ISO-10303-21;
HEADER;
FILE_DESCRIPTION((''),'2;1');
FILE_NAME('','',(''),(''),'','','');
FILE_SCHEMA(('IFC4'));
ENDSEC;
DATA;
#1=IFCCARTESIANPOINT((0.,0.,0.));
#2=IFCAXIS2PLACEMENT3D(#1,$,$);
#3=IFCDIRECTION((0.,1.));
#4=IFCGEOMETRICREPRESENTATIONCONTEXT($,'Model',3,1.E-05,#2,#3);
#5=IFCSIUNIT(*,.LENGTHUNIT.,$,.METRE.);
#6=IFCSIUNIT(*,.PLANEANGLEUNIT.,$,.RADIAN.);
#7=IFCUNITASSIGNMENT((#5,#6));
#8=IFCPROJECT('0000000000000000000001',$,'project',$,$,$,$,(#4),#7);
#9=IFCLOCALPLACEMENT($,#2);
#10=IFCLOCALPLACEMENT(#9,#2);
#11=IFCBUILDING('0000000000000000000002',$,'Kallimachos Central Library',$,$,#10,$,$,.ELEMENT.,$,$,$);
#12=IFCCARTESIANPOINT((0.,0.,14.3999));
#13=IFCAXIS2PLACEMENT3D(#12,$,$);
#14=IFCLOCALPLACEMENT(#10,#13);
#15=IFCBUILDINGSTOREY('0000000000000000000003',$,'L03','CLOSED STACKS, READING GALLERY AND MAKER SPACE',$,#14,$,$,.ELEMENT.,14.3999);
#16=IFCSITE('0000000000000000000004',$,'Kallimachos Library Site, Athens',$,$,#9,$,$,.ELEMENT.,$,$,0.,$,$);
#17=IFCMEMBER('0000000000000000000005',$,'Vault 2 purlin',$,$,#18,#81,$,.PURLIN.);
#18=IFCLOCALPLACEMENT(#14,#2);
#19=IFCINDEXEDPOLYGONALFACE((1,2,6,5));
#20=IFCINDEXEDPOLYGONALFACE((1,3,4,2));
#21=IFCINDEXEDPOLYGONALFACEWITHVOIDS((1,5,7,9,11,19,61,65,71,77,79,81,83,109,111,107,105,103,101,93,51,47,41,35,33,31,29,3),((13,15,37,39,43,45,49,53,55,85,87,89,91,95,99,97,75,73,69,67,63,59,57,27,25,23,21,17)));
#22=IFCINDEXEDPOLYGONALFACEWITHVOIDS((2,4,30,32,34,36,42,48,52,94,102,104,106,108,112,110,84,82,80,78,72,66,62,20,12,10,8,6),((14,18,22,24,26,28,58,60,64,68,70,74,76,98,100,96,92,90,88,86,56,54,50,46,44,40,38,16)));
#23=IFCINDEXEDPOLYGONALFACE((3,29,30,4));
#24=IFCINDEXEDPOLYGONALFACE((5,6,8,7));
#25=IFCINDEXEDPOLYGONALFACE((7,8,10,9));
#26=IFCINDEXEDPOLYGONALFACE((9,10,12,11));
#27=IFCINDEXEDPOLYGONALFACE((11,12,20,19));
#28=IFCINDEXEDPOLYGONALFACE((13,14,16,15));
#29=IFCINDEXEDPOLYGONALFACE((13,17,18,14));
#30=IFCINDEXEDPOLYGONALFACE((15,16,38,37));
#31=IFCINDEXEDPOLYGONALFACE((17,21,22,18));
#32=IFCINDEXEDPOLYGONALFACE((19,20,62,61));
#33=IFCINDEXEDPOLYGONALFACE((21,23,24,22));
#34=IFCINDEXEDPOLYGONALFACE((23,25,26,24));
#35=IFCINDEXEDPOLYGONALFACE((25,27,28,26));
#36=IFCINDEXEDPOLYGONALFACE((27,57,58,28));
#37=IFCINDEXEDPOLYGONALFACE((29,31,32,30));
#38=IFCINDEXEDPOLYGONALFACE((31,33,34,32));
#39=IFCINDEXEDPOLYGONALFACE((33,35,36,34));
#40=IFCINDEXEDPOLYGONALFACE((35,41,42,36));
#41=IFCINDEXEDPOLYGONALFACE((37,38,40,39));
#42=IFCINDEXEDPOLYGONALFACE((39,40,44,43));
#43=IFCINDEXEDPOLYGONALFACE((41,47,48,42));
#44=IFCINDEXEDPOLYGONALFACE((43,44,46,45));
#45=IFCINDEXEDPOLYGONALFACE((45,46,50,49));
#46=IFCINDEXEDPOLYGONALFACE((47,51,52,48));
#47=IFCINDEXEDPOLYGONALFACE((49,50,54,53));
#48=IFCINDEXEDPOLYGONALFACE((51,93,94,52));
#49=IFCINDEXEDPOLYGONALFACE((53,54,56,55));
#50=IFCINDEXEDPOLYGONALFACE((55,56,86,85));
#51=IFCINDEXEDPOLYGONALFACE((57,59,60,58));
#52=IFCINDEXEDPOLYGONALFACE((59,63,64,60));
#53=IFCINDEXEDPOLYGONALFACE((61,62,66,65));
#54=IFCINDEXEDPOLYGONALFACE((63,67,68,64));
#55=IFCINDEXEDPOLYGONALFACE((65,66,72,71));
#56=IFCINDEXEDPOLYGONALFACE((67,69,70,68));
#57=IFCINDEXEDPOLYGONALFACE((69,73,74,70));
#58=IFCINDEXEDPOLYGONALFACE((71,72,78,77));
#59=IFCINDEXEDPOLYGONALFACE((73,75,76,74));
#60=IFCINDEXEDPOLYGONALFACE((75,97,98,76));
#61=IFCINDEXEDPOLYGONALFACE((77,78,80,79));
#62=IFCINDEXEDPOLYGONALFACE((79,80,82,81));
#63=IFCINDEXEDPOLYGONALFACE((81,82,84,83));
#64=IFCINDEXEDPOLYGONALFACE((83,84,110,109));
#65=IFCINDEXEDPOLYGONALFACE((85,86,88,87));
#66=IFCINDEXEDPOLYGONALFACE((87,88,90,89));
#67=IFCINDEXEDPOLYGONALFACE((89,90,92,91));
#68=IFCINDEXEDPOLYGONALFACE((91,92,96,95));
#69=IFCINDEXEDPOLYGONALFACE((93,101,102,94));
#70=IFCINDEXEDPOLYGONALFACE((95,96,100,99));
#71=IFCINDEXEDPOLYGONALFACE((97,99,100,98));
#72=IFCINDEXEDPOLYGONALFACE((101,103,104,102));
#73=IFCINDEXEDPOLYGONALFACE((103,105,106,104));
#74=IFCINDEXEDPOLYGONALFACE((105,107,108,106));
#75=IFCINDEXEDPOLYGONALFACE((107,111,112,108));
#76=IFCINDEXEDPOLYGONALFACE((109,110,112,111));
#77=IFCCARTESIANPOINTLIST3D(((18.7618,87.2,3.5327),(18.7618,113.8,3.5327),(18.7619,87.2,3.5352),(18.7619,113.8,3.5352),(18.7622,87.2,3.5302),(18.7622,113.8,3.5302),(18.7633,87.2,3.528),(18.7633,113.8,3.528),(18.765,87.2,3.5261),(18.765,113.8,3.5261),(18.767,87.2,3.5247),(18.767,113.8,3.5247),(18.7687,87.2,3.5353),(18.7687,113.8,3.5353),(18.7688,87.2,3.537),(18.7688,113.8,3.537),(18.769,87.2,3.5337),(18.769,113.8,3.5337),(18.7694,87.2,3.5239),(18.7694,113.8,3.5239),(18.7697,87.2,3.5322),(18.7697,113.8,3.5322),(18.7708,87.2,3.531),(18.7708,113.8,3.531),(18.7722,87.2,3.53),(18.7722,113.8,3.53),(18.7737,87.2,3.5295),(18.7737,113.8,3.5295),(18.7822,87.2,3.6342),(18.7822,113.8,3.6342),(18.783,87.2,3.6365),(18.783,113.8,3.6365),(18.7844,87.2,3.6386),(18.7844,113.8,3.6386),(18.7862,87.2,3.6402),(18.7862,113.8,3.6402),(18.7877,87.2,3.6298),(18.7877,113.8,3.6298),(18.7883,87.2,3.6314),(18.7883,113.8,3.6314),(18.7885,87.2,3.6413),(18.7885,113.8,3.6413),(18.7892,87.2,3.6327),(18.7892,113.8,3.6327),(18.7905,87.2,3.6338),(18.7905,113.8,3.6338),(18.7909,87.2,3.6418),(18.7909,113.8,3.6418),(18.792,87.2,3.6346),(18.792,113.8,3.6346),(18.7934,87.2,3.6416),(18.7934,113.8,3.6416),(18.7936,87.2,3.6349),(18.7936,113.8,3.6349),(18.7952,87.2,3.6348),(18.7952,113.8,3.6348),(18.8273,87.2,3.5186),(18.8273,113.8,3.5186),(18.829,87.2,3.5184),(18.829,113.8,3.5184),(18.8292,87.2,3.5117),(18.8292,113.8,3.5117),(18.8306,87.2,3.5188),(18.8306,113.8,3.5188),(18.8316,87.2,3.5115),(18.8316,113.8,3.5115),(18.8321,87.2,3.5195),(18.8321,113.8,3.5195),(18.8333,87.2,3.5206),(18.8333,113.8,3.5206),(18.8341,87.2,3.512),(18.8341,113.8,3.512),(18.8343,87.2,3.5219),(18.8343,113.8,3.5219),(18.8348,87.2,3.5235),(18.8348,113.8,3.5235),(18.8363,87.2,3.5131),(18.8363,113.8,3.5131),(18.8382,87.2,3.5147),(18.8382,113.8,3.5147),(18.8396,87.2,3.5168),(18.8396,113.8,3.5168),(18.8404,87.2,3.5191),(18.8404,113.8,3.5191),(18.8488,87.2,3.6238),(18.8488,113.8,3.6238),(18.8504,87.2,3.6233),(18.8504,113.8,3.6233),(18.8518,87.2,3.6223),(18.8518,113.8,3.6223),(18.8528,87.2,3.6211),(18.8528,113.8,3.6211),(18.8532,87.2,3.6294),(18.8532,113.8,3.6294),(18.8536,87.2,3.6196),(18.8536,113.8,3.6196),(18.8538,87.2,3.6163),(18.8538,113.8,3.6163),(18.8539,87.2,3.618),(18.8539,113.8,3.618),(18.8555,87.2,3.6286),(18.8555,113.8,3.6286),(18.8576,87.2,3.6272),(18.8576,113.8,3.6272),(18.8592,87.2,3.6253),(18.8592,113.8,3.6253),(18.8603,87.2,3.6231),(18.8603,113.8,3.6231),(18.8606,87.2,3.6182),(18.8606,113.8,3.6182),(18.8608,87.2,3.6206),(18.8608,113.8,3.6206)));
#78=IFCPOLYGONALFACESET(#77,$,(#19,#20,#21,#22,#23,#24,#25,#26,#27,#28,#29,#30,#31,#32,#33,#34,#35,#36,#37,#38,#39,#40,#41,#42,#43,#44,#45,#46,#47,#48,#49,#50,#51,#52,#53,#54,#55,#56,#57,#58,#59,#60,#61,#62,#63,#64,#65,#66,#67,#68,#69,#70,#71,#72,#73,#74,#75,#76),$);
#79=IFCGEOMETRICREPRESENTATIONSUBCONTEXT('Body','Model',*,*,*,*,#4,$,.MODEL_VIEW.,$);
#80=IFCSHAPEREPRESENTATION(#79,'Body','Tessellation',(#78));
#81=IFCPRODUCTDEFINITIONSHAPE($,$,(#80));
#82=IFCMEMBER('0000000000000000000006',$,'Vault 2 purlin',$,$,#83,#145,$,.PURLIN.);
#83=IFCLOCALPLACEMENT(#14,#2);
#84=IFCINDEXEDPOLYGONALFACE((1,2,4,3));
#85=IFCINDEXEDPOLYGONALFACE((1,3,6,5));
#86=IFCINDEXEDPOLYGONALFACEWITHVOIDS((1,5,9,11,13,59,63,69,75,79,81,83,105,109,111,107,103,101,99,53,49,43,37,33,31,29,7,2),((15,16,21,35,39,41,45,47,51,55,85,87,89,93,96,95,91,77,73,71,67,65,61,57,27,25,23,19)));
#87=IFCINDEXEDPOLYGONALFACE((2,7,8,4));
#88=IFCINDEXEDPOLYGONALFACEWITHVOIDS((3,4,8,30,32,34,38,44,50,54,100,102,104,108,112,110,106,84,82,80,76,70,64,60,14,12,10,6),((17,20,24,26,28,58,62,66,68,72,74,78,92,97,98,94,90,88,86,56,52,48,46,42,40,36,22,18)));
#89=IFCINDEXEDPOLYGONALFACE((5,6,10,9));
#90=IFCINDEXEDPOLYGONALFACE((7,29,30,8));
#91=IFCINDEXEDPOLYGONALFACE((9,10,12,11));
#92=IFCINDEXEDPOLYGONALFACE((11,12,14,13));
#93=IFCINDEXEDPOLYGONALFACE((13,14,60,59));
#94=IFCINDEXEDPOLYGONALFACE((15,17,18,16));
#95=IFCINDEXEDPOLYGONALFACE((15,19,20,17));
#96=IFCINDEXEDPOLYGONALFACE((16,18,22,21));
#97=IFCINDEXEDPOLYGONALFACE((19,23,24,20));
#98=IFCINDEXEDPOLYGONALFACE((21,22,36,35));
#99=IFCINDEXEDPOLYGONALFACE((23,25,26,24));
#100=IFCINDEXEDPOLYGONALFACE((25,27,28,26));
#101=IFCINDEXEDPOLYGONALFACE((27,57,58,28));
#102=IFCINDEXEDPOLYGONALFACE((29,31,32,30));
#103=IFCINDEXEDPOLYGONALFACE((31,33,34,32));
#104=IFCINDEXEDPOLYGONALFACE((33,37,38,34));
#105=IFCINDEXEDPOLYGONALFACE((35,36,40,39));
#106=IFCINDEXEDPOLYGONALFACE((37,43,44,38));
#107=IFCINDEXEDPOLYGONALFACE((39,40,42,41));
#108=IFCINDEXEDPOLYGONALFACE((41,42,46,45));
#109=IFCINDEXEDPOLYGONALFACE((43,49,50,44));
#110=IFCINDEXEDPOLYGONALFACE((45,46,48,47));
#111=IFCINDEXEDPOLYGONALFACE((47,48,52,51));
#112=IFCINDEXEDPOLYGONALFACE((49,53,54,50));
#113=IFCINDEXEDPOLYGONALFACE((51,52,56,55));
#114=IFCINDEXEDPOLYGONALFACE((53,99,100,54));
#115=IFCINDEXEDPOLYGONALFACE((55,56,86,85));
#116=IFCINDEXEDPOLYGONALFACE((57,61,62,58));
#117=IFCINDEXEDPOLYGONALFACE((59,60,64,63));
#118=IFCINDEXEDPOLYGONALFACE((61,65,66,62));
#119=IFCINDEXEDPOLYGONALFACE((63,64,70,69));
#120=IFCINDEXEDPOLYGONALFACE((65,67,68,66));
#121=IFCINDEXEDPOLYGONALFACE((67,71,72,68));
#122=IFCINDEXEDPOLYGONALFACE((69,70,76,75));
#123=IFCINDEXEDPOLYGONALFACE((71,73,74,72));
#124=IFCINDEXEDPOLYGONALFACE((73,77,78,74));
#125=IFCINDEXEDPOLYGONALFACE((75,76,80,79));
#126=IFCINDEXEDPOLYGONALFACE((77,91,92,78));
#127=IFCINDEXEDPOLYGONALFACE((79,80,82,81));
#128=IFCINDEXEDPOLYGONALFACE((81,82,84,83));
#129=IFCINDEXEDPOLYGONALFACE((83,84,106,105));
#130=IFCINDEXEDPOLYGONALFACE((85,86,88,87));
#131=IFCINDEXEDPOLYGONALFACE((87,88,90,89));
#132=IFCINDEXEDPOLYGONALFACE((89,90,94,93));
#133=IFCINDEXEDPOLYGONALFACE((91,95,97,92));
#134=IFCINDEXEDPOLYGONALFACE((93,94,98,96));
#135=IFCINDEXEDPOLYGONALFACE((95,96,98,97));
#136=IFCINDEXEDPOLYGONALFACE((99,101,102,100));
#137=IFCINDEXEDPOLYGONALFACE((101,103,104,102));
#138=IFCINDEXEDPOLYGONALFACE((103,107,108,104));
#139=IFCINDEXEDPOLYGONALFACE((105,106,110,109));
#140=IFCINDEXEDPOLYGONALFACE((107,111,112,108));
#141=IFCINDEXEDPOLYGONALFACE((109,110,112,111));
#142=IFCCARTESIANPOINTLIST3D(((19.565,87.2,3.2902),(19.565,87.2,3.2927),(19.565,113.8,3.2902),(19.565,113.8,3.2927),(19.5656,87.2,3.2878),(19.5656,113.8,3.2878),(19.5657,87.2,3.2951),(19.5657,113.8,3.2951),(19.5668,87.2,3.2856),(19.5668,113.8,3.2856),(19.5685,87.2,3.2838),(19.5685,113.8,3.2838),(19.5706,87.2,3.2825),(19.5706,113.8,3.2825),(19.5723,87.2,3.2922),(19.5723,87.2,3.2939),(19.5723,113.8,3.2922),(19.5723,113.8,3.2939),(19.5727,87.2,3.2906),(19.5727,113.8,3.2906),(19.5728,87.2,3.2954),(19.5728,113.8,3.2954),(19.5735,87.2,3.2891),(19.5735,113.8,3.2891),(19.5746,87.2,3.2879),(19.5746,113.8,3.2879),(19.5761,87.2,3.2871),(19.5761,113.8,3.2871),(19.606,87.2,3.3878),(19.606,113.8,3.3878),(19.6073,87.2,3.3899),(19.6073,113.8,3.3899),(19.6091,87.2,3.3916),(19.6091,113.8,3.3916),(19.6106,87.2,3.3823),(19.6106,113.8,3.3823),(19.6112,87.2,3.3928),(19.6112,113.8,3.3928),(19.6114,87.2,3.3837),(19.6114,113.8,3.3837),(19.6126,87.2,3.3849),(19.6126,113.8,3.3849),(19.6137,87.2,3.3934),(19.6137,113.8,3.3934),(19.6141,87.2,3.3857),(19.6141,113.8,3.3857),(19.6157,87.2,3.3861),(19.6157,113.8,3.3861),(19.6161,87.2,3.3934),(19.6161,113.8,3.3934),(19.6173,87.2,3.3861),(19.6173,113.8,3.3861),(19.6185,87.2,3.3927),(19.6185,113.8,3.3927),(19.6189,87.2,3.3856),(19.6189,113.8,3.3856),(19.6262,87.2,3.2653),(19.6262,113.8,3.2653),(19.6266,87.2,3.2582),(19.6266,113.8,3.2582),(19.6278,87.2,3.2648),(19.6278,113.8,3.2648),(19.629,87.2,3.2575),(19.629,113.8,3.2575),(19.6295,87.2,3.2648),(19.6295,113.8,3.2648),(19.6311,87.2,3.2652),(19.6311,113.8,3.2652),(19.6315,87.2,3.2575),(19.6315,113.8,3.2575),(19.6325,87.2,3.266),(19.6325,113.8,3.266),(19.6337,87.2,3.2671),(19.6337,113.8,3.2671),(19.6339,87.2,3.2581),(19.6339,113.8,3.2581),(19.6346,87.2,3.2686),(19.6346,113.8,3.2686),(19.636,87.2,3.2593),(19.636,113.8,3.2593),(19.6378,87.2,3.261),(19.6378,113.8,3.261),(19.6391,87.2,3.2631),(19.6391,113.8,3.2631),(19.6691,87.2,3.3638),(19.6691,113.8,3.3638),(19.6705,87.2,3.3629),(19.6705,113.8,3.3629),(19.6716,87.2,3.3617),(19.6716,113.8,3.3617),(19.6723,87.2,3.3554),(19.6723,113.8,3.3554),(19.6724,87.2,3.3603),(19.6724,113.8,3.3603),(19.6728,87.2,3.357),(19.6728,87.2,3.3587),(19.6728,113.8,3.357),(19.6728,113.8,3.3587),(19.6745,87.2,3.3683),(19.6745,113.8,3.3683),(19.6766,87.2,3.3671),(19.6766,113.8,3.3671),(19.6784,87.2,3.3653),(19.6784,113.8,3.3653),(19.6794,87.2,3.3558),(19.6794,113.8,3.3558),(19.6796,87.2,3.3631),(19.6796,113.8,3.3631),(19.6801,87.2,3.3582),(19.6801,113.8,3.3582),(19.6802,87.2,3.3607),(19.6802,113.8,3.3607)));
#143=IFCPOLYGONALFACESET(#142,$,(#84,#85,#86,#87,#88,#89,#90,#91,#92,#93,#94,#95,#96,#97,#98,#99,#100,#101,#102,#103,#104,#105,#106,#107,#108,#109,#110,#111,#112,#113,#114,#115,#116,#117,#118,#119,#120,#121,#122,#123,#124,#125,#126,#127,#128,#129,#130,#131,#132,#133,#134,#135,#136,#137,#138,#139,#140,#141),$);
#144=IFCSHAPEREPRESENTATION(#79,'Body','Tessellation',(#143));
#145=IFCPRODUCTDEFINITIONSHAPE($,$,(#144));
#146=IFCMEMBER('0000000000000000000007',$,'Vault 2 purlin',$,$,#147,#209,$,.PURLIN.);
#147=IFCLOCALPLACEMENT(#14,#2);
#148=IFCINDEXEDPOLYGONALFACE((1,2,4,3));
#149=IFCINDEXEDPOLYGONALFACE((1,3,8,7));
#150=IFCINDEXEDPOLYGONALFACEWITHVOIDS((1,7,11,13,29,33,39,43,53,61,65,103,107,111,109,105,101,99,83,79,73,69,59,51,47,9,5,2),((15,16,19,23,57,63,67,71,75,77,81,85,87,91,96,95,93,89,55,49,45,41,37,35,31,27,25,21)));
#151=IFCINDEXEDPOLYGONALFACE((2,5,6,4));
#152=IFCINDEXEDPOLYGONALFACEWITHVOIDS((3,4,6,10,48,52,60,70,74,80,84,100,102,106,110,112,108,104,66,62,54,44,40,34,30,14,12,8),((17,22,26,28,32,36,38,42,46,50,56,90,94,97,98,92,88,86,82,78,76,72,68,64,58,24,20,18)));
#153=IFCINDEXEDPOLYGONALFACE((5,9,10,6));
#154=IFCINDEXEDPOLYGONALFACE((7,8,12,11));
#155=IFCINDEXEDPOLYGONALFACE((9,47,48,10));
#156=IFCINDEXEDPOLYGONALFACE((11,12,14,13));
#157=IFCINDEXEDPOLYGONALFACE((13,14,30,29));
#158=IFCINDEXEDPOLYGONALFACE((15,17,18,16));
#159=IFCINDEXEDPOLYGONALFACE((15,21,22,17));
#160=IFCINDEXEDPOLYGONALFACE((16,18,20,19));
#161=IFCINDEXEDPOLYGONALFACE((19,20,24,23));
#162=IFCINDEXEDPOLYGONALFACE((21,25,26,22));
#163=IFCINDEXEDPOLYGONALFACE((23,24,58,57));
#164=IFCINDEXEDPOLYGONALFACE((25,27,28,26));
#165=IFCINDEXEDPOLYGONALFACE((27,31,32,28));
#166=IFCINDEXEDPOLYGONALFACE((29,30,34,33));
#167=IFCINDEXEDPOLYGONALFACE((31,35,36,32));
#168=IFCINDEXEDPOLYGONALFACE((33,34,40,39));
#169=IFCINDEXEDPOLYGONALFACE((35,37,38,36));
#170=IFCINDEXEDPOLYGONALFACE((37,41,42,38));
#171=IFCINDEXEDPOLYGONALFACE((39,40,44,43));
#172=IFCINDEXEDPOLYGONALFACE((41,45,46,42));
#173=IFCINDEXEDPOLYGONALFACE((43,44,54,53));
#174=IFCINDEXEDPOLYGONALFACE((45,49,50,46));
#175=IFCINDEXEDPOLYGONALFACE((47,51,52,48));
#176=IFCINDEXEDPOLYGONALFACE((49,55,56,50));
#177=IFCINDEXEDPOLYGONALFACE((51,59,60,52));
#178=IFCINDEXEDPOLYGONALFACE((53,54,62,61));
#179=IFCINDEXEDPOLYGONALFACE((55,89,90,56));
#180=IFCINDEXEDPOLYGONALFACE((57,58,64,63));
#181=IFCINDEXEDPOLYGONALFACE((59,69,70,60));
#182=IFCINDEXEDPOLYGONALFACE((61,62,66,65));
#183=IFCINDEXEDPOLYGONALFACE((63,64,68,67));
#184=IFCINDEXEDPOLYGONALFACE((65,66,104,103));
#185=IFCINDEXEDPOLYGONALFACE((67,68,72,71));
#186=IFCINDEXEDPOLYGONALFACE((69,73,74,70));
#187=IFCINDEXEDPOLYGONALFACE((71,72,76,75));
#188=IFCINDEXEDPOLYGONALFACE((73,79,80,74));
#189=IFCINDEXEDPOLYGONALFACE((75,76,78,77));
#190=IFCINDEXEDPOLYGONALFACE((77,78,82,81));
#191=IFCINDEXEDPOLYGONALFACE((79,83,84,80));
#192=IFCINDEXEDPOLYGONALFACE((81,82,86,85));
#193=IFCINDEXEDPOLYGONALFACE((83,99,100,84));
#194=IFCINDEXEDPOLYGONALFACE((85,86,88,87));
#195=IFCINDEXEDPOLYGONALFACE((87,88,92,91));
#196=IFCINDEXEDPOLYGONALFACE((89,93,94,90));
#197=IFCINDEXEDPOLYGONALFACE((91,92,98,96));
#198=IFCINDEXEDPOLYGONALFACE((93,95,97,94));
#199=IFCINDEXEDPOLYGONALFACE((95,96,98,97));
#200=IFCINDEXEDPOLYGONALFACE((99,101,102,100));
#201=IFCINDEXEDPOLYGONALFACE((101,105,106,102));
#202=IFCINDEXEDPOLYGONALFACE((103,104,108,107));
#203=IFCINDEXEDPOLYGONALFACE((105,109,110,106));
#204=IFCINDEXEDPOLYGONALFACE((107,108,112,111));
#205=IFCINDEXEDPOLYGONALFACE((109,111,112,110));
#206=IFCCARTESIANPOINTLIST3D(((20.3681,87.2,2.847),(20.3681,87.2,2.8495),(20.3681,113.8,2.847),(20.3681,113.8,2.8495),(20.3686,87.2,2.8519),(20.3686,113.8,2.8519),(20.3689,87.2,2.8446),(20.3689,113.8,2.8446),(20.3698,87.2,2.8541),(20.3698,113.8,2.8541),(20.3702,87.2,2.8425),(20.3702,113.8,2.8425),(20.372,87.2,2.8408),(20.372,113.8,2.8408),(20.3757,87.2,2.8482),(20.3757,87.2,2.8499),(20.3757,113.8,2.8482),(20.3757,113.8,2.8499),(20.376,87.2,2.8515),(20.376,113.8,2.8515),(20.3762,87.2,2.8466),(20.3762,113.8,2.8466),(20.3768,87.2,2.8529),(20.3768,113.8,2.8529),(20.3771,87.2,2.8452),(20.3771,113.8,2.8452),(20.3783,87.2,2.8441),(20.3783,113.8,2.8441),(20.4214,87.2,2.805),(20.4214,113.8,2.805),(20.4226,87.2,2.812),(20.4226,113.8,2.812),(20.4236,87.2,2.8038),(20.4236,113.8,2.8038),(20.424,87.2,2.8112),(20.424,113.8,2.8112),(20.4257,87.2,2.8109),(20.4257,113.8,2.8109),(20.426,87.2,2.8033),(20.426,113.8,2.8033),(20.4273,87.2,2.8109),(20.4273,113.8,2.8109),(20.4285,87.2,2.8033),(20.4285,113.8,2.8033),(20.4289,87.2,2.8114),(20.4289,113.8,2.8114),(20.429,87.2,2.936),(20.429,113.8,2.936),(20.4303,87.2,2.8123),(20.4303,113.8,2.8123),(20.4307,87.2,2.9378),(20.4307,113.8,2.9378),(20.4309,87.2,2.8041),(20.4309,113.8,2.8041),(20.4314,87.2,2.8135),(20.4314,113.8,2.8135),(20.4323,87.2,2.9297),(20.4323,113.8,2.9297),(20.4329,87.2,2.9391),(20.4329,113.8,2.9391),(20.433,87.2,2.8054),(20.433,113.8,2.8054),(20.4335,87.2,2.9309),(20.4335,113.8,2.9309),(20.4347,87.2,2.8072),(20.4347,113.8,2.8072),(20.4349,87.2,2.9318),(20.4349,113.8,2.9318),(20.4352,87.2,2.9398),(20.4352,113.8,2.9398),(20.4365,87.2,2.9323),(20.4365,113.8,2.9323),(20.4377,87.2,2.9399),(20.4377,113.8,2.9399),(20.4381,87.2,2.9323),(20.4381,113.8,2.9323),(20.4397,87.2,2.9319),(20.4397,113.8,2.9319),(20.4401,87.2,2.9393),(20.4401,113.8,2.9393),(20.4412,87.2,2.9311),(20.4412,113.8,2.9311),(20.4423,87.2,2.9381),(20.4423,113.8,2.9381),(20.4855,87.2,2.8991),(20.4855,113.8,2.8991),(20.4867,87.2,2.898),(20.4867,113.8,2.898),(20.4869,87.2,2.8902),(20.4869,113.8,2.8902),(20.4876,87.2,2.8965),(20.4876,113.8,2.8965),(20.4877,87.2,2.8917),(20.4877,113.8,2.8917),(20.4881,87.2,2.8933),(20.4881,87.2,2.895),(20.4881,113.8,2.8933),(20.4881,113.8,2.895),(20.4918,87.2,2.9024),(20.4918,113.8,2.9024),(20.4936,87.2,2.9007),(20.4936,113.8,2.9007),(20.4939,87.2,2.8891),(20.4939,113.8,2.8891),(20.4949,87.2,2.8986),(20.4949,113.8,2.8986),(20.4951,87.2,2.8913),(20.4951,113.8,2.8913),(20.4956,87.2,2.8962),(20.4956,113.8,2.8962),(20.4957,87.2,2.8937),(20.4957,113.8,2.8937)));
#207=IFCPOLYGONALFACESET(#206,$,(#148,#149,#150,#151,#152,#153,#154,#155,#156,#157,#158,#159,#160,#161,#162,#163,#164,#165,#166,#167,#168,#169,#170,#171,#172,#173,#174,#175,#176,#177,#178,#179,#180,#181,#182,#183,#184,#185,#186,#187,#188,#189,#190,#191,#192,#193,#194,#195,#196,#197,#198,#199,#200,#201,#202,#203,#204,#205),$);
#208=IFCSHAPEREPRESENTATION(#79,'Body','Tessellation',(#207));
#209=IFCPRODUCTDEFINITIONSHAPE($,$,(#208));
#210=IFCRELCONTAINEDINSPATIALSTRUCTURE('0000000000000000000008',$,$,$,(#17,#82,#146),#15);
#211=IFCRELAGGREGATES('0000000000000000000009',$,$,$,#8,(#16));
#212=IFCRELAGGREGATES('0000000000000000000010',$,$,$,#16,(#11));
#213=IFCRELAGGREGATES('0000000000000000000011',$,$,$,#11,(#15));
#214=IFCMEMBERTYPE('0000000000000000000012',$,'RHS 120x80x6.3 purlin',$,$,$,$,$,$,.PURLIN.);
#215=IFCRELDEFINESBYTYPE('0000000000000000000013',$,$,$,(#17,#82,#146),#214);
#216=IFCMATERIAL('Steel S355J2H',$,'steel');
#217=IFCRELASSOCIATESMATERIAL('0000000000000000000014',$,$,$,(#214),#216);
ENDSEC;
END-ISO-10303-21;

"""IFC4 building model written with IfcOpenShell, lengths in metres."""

from ifc_helpers import new_model, si_unit, direction, frame, origin, origin_2d, place, context, subcontext, project, spatial, hollow_rectangle, extrude, material, material_profile, profile_set, type_object, element, save


model = new_model("IFC4")

# Units and contexts
model_context = context("Model", 3, precision=1e-05, world=origin(), true_north=direction((0.0, 1.0)))
body_context = subcontext(model_context, "Body", "Model", "MODEL_VIEW")
ifc_project = project(units=[si_unit("LENGTHUNIT", "METRE"), si_unit("PLANEANGLEUNIT", "RADIAN")], contexts=[model_context])

# Site, building, storey
site_placement = place(None, origin())
site = spatial("IfcSite", under=ifc_project, at=site_placement, Name="Kallimachos Library Site, Athens", CompositionType="ELEMENT", RefElevation=0.0)
building_placement = place(site_placement, origin())
building = spatial("IfcBuilding", under=site, at=building_placement, Name="Kallimachos Central Library", CompositionType="ELEMENT")
storey_placement = place(building_placement, frame((0.0, 0.0, 14.3999)))
storey = spatial("IfcBuildingStorey", under=building, at=storey_placement, Name="L03", Description="CLOSED STACKS, READING GALLERY AND MAKER SPACE", CompositionType="ELEMENT", Elevation=14.3999)

# Members
ifc_material_1 = material(Name="Steel S355J2H", Category="steel")
ifc_material_profile = material_profile(ifc_material_1, hollow_rectangle(XDim=0.0801, YDim=0.1201, WallThickness=0.0063, InnerFilletRadius=0.0063, OuterFilletRadius=0.0095, at=origin_2d()), Name="RHS 120x80x6.3")
ifc_profile_set = profile_set([ifc_material_profile], Name="Steel S355J2H")
member_type = type_object("IfcMemberType", Name="RHS 120x80x6.3 purlin", PredefinedType="PURLIN", material=ifc_profile_set)
for number, where, z_axis, x_axis, name in (
    (1, (18.8113, 87.2, 3.5767), (0.0, 1.0, 0.0), (-0.979797, 0.0, 0.199994), "Vault 2 purlin"),
    (2, (19.6226, 87.2, 3.3254), (0.0, 1.0, 0.0), (-0.917005, 0.0, 0.398876), "Vault 2 purlin"),
    (3, (20.4319, 87.2, 2.8716), (0.0, 1.0, 0.0), (-0.810449, 0.0, 0.585809), "Vault 2 purlin"),
):
    element("IfcMember", number, at=place(storey_placement, frame(where, z_axis=z_axis, x_axis=x_axis)), inside=storey, type_object=member_type, Name=name, PredefinedType="PURLIN", context=body_context, shape_type="SweptSolid", body=[
        extrude(hollow_rectangle(XDim=0.0801, YDim=0.1201, WallThickness=0.0063, InnerFilletRadius=0.0063, OuterFilletRadius=0.0095, at=origin_2d()), origin(), (0.0, 0.0, 1.0), 26.6001),
    ])

save(model, "model.ifc")
